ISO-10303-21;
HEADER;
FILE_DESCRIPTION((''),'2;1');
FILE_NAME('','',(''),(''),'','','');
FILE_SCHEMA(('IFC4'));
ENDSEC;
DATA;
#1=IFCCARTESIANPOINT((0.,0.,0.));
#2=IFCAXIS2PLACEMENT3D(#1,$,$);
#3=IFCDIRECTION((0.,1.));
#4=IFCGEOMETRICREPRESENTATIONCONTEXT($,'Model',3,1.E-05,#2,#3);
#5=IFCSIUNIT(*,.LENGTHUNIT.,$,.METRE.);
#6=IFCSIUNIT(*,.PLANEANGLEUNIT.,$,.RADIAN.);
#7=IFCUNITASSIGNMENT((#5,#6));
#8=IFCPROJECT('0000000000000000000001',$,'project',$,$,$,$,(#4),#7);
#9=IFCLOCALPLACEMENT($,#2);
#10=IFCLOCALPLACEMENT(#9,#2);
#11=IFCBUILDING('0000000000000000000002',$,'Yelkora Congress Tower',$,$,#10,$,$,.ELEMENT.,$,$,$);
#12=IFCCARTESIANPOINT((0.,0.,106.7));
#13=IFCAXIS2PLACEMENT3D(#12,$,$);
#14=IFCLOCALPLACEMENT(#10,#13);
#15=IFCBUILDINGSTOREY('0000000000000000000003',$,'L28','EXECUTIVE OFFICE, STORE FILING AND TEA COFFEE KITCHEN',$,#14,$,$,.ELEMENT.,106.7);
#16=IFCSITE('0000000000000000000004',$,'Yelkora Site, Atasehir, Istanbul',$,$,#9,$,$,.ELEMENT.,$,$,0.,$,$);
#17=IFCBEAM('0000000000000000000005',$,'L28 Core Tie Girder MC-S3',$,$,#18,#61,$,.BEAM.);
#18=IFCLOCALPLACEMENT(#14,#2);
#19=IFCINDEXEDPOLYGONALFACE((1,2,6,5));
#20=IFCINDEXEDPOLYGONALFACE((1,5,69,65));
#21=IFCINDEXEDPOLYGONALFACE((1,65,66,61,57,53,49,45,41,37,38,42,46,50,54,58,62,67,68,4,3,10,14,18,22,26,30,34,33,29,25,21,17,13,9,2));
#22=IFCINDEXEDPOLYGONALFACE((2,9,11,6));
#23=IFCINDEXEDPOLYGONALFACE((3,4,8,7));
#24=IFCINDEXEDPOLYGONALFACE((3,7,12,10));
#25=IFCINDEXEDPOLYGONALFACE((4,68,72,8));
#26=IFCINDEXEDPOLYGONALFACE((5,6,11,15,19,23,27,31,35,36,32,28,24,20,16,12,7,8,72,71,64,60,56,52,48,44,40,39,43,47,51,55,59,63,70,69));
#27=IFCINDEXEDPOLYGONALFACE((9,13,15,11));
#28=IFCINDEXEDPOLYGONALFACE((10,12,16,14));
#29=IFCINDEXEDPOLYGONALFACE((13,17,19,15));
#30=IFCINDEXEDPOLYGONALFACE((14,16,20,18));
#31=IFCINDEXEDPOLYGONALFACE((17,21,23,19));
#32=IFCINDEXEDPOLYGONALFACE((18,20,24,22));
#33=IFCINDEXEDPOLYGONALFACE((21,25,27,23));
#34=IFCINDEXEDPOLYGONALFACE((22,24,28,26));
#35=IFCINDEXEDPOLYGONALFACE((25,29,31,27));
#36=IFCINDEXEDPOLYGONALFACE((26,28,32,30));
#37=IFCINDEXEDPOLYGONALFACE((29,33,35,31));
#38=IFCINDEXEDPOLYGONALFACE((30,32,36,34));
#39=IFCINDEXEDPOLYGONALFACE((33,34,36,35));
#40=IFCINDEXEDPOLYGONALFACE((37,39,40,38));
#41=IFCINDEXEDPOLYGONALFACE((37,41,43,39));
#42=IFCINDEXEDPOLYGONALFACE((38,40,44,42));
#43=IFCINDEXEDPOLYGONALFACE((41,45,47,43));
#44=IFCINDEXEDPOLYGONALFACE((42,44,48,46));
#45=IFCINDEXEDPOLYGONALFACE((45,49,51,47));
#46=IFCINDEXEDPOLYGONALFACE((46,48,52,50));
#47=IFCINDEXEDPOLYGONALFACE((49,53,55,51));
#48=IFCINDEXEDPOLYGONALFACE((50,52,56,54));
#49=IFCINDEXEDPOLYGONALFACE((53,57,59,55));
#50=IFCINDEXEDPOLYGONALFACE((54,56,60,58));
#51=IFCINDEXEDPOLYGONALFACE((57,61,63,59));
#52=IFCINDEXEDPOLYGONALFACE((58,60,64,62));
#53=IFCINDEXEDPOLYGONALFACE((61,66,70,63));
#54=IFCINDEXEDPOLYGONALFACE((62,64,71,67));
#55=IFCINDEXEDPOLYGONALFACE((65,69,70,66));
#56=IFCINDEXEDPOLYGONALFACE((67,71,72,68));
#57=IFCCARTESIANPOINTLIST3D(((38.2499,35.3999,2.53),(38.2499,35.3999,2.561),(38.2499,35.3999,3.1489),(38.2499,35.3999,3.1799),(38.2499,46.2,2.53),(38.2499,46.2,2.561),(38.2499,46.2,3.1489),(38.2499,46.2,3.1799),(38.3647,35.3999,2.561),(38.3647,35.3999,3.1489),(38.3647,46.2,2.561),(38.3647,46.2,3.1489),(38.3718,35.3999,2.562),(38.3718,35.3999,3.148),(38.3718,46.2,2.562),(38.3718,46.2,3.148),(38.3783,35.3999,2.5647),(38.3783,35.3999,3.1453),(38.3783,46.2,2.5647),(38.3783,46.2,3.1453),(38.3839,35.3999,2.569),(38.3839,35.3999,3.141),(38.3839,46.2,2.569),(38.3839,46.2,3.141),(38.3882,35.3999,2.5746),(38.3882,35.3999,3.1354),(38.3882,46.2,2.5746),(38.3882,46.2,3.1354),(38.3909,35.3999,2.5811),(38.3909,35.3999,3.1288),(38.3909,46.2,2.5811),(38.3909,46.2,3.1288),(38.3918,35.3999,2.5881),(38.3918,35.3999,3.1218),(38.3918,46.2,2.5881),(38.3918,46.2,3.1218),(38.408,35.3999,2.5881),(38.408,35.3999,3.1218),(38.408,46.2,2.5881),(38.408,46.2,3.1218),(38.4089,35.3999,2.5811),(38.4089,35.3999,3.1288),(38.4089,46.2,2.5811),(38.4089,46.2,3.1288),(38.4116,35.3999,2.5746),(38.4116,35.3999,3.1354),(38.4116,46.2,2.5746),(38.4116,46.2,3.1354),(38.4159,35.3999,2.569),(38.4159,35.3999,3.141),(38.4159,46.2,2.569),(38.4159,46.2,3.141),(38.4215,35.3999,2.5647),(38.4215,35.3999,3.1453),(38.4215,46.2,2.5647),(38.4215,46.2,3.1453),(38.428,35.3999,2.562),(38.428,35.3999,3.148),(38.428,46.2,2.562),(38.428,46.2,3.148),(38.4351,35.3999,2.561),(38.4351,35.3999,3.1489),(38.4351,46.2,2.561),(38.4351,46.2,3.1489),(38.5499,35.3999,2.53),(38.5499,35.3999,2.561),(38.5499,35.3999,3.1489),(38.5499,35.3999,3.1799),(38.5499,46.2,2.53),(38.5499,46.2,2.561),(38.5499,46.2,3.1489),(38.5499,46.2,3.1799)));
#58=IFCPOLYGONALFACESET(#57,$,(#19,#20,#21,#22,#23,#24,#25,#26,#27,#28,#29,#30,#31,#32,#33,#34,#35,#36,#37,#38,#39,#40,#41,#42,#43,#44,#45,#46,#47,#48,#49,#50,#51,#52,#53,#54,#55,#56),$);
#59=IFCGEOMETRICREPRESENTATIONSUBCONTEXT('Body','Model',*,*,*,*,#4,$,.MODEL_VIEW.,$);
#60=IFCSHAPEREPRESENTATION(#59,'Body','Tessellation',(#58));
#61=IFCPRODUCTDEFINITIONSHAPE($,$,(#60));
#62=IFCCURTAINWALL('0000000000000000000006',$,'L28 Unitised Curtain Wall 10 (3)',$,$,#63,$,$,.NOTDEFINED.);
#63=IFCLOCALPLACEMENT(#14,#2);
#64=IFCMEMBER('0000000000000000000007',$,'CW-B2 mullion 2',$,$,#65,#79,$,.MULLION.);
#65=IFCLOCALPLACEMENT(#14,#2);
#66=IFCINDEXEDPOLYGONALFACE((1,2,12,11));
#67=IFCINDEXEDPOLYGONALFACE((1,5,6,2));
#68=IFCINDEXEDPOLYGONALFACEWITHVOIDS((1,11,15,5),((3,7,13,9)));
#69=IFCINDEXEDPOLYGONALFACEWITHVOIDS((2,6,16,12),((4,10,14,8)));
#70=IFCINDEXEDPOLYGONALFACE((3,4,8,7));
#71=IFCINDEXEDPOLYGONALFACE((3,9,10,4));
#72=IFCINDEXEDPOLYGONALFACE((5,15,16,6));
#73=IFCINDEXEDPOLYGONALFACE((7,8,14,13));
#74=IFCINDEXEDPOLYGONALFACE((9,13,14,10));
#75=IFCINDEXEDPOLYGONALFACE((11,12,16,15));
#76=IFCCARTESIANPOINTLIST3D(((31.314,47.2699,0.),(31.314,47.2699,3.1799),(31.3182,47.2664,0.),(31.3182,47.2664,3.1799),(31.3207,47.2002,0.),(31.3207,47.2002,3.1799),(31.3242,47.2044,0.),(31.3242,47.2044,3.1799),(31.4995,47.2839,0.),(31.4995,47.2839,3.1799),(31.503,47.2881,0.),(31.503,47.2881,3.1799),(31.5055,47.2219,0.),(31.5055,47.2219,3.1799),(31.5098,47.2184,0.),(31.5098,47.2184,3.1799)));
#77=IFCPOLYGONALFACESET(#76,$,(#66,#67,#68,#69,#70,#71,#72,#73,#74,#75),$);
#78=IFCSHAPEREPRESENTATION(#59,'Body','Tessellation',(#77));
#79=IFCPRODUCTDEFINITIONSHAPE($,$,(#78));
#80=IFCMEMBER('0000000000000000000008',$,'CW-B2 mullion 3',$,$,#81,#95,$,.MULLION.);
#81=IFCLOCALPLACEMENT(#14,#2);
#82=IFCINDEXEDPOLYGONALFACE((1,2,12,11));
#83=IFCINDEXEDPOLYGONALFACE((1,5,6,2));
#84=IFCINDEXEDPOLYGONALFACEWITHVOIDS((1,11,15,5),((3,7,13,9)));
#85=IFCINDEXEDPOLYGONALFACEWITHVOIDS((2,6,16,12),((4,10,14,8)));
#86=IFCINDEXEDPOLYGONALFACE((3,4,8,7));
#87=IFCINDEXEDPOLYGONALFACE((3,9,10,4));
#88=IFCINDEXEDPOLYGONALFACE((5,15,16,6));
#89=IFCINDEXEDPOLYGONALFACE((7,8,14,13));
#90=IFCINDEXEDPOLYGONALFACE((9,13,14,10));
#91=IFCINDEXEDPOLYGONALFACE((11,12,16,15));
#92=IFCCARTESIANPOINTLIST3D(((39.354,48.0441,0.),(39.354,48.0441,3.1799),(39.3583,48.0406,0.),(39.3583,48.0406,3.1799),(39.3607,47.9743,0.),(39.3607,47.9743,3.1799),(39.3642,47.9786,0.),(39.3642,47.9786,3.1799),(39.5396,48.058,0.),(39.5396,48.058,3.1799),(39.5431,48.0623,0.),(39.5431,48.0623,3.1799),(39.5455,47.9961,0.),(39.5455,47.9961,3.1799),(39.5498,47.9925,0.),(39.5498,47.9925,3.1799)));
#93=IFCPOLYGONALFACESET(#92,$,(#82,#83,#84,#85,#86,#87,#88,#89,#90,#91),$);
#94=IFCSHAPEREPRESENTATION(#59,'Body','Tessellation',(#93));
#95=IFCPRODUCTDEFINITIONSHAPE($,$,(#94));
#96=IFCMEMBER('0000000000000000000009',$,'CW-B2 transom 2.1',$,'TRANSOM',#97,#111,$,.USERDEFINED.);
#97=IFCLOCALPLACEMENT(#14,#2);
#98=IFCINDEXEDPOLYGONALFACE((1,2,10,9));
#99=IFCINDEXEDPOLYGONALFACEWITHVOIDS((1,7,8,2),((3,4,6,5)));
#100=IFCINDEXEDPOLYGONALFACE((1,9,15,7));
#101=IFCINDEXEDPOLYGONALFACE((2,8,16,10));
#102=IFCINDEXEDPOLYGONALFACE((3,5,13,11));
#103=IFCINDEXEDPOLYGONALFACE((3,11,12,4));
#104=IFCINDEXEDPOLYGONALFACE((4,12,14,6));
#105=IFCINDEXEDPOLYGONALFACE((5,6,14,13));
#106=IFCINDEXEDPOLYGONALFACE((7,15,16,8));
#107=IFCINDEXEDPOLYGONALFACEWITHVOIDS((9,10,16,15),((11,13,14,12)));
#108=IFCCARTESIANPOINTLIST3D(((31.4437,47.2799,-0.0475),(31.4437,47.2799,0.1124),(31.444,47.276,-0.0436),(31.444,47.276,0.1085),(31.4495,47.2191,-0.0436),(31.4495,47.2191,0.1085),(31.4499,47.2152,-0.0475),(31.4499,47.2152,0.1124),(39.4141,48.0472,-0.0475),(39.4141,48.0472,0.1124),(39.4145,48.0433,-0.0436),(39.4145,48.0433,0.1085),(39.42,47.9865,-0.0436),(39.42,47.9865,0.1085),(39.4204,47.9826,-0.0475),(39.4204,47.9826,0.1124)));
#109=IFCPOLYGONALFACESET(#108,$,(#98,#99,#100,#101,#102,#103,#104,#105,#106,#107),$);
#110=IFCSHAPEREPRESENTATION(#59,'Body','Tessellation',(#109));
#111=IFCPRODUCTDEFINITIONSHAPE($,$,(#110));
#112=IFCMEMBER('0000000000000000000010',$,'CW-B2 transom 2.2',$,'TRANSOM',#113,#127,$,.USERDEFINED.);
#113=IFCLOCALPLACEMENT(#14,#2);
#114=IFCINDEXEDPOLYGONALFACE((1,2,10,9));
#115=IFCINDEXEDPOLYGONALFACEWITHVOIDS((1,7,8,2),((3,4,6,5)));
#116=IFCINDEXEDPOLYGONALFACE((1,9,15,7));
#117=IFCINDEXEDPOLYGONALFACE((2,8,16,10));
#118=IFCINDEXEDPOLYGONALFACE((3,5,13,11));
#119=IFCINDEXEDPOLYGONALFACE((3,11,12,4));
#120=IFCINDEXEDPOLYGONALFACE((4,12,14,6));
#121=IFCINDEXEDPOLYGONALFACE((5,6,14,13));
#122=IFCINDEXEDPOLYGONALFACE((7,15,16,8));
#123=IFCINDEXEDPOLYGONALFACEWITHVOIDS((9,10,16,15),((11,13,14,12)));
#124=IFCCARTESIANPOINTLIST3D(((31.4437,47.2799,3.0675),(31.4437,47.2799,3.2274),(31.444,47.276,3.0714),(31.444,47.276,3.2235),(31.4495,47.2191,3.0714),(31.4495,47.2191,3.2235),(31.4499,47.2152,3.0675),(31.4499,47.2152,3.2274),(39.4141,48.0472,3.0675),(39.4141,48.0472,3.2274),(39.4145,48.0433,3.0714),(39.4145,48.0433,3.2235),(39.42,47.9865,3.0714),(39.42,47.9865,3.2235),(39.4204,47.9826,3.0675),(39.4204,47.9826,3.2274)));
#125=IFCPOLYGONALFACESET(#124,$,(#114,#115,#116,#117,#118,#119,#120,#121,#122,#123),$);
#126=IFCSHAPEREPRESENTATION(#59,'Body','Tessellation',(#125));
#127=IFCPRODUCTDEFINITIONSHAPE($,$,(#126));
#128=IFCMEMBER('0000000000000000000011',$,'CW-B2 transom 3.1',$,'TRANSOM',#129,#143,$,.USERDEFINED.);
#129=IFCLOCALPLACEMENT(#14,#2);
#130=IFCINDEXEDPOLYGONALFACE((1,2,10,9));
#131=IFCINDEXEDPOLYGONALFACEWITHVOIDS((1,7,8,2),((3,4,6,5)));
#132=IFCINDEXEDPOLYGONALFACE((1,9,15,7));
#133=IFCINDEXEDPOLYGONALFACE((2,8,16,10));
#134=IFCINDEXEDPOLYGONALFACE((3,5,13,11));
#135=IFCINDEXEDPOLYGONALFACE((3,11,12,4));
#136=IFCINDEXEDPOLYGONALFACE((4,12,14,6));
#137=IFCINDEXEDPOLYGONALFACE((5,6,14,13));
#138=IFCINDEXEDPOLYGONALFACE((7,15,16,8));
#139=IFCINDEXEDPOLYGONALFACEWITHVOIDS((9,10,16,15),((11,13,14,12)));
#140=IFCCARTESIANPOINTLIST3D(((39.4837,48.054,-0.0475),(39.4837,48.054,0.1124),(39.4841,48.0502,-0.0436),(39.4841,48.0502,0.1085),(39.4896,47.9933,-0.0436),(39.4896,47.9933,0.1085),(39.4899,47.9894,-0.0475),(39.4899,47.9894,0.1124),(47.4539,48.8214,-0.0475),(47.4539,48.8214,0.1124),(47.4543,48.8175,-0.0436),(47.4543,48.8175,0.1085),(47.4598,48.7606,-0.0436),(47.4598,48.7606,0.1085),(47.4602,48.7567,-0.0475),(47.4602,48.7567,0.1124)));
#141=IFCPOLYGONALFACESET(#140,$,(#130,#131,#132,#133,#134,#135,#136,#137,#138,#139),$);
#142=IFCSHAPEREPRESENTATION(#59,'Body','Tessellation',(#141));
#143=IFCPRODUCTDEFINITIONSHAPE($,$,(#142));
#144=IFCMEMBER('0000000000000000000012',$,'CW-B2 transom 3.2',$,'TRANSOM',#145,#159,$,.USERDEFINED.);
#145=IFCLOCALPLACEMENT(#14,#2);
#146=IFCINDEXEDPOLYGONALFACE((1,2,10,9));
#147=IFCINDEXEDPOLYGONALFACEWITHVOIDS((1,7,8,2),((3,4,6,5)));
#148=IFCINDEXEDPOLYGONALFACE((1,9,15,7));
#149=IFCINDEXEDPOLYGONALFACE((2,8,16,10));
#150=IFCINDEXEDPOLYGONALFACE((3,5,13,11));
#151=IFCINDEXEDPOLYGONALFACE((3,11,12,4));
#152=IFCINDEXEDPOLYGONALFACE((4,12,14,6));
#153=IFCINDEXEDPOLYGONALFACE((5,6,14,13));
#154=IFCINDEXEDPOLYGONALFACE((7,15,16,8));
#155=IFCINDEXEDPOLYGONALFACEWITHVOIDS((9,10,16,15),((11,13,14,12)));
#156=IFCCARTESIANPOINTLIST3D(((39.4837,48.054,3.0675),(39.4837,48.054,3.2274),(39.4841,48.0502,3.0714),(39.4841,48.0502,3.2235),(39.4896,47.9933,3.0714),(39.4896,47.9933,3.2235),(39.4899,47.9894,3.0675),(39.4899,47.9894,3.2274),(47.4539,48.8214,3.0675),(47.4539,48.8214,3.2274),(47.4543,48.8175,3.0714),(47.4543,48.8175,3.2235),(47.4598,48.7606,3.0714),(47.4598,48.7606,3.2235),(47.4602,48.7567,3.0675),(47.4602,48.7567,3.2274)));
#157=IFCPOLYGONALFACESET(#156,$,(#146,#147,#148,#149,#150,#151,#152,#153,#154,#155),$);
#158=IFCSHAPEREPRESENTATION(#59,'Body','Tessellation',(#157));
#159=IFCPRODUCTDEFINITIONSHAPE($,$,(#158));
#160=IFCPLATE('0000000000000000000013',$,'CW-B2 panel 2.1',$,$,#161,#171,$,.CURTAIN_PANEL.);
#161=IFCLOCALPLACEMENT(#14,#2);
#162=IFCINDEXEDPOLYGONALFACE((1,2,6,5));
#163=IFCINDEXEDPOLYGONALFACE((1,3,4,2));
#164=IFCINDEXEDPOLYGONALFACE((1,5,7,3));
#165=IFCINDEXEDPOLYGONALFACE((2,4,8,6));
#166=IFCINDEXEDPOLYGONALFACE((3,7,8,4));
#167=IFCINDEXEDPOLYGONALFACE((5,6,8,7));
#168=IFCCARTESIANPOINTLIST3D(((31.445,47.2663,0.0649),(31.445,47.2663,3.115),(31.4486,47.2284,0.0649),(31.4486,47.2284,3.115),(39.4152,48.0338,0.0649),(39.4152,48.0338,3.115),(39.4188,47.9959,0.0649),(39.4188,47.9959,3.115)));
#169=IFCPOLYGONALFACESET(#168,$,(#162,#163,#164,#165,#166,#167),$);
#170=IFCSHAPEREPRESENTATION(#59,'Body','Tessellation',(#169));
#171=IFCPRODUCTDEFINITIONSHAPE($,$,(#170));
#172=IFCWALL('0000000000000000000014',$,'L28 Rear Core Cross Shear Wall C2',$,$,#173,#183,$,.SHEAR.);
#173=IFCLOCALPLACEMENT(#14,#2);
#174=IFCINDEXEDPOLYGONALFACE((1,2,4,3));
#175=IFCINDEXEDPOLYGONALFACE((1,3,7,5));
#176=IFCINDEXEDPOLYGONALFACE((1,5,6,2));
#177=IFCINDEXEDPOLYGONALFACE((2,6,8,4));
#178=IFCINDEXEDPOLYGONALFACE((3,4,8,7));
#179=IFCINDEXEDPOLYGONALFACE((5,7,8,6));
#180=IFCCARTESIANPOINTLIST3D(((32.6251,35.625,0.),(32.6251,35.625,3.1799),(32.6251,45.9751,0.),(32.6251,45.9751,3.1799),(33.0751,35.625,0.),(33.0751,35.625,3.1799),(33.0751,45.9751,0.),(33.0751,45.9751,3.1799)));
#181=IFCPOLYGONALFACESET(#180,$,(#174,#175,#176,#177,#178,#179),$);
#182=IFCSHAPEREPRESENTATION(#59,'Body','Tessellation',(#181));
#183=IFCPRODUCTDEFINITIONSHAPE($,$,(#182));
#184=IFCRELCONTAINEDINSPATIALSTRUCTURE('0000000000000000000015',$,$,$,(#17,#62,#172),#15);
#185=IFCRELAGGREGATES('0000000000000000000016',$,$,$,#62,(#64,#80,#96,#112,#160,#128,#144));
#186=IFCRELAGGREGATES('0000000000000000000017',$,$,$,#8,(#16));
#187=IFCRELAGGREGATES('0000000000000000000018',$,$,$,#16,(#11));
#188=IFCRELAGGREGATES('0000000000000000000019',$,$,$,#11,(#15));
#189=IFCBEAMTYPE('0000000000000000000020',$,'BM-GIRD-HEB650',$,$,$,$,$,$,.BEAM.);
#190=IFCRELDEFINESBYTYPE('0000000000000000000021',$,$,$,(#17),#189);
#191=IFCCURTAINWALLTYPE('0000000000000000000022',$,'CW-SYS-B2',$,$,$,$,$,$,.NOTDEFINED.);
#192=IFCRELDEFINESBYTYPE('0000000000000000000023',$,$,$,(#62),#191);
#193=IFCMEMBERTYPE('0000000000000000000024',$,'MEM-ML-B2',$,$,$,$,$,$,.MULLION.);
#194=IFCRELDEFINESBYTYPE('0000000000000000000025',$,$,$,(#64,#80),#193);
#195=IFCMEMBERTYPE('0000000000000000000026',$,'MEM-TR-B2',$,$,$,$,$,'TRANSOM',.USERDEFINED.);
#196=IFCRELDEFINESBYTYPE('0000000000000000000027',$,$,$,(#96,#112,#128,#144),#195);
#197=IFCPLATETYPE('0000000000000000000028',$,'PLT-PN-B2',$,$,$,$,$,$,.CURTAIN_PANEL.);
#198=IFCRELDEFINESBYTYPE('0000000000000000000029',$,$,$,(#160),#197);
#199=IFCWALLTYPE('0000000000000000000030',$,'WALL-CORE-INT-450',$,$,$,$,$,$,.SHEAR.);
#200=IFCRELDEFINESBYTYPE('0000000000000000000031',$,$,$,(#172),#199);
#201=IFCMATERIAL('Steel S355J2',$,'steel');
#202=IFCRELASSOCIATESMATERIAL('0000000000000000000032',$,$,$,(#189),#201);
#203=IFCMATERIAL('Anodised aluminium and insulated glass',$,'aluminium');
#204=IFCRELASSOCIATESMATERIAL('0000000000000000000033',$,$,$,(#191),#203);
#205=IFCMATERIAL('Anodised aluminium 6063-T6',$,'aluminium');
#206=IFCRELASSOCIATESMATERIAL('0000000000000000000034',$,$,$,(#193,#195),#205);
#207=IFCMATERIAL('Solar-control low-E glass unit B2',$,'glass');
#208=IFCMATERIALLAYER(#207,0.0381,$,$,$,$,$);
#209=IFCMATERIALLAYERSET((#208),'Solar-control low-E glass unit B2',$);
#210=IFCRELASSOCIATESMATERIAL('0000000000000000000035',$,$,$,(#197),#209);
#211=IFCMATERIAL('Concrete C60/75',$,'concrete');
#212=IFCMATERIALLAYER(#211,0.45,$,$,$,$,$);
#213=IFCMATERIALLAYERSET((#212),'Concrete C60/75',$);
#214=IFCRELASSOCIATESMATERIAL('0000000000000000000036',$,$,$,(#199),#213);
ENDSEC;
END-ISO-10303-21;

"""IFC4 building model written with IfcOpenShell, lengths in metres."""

from ifc_helpers import new_model, si_unit, direction, frame, frame_2d, origin, origin_2d, place, context, subcontext, project, spatial, rectangle, hollow_rectangle, i_section, extrude, material, layer, layer_set, material_profile, profile_set, type_object, element, aggregate, save


model = new_model("IFC4")

# Units and contexts
model_context = context("Model", 3, precision=1e-05, world=origin(), true_north=direction((0.0, 1.0)))
body_context = subcontext(model_context, "Body", "Model", "MODEL_VIEW")
ifc_project = project(units=[si_unit("LENGTHUNIT", "METRE"), si_unit("PLANEANGLEUNIT", "RADIAN")], contexts=[model_context])

# Site, building, storey
site_placement = place(None, origin())
site = spatial("IfcSite", under=ifc_project, at=site_placement, Name="Yelkora Site, Atasehir, Istanbul", CompositionType="ELEMENT", RefElevation=0.0)
building_placement = place(site_placement, origin())
building = spatial("IfcBuilding", under=site, at=building_placement, Name="Yelkora Congress Tower", CompositionType="ELEMENT")
storey_placement = place(building_placement, frame((0.0, 0.0, 106.7)))
storey = spatial("IfcBuildingStorey", under=building, at=storey_placement, Name="L28", Description="EXECUTIVE OFFICE, STORE FILING AND TEA COFFEE KITCHEN", CompositionType="ELEMENT", Elevation=106.7)

# Beam
ifc_material_1 = material(Name="Steel S355J2", Category="steel")
ifc_material_profile_1 = material_profile(ifc_material_1, i_section(OverallWidth=0.3, OverallDepth=0.6499, WebThickness=0.0161, FlangeThickness=0.031, FilletRadius=0.0271, at=origin_2d()), Name="HEB 650")
ifc_profile_set_1 = profile_set([ifc_material_profile_1], Name="Steel S355J2")
beam_type = type_object("IfcBeamType", Name="BM-GIRD-HEB650", PredefinedType="BEAM", material=ifc_profile_set_1)
beam_placement = place(storey_placement, frame((38.3999, 35.3999, 2.855), z_axis=(0.0, 1.0, 0.0), x_axis=(-1.0, 0.0, 0.0)))
element("IfcBeam", 1, at=beam_placement, inside=storey, type_object=beam_type, Name="L28 Core Tie Girder MC-S3", PredefinedType="BEAM", context=body_context, shape_type="SweptSolid", body=[
    extrude(i_section(OverallWidth=0.3, OverallDepth=0.6499, WebThickness=0.0161, FlangeThickness=0.031, FilletRadius=0.0271, at=origin_2d()), origin(), (0.0, 0.0, 1.0), 10.8),
])

# Curtain wall, members, plate
ifc_material_2 = material(Name="Anodised aluminium and insulated glass", Category="aluminium")
curtain_wall_type = type_object("IfcCurtainWallType", Name="CW-SYS-B2", PredefinedType="NOTDEFINED", material=ifc_material_2)
curtain_wall_placement = place(storey_placement, origin())
curtain_wall = element("IfcCurtainWall", 2, at=curtain_wall_placement, inside=storey, type_object=curtain_wall_type, Name="L28 Unitised Curtain Wall 10 (3)", PredefinedType="NOTDEFINED")
ifc_material_3 = material(Name="Anodised aluminium 6063-T6", Category="aluminium")
ifc_material_profile_2 = material_profile(ifc_material_3, hollow_rectangle(XDim=0.0701, YDim=0.1899, WallThickness=0.0039, at=origin_2d()), Name="ALU 70x190x4")
ifc_profile_set_2 = profile_set([ifc_material_profile_2], Name="Anodised aluminium 6063-T6")
member_type_1 = type_object("IfcMemberType", Name="MEM-ML-B2", PredefinedType="MULLION", material=ifc_profile_set_2)
member_1_placement = place(storey_placement, frame((31.4119, 47.2441, 0.0), z_axis=(0.0, 0.0, 1.0), x_axis=(-0.095844, 0.995396, 0.0)))
member_1 = element("IfcMember", 3, at=member_1_placement, type_object=member_type_1, Name="CW-B2 mullion 2", PredefinedType="MULLION", context=body_context, shape_type="SweptSolid", body=[
    extrude(hollow_rectangle(XDim=0.0701, YDim=0.1899, WallThickness=0.0039, at=origin_2d()), origin(), (0.0, 0.0, 1.0), 3.1799),
])
member_2_placement = place(storey_placement, frame((39.4519, 48.0183, 0.0), z_axis=(0.0, 0.0, 1.0), x_axis=(-0.095844, 0.995396, 0.0)))
member_2 = element("IfcMember", 4, at=member_2_placement, type_object=member_type_1, Name="CW-B2 mullion 3", PredefinedType="MULLION", context=body_context, shape_type="SweptSolid", body=[
    extrude(hollow_rectangle(XDim=0.0701, YDim=0.1899, WallThickness=0.0039, at=origin_2d()), origin(), (0.0, 0.0, 1.0), 3.1799),
])
ifc_material_profile_3 = material_profile(ifc_material_3, hollow_rectangle(XDim=0.0649, YDim=0.1599, WallThickness=0.0039, at=origin_2d()), Name="ALU 65x160x4")
ifc_profile_set_3 = profile_set([ifc_material_profile_3], Name="Anodised aluminium 6063-T6")
member_type_2 = type_object("IfcMemberType", Name="MEM-TR-B2", ElementType="TRANSOM", PredefinedType="USERDEFINED", material=ifc_profile_set_3)
member_3_placement = place(storey_placement, frame((31.4468, 47.2476, 0.0325), z_axis=(0.995398, 0.095829, 0.0), x_axis=(-0.095829, 0.995398, 0.0)))
member_3 = element("IfcMember", 5, at=member_3_placement, type_object=member_type_2, Name="CW-B2 transom 2.1", ObjectType="TRANSOM", PredefinedType="USERDEFINED", context=body_context, shape_type="SweptSolid", body=[
    extrude(hollow_rectangle(XDim=0.0649, YDim=0.1599, WallThickness=0.0039, at=origin_2d()), origin(), (0.0, 0.0, 1.0), 8.0073),
])
member_4_placement = place(storey_placement, frame((31.4468, 47.2476, 3.1475), z_axis=(0.995398, 0.095829, 0.0), x_axis=(-0.095829, 0.995398, 0.0)))
member_4 = element("IfcMember", 6, at=member_4_placement, type_object=member_type_2, Name="CW-B2 transom 2.2", ObjectType="TRANSOM", PredefinedType="USERDEFINED", context=body_context, shape_type="SweptSolid", body=[
    extrude(hollow_rectangle(XDim=0.0649, YDim=0.1599, WallThickness=0.0039, at=origin_2d()), origin(), (0.0, 0.0, 1.0), 8.0073),
])
member_5_placement = place(storey_placement, frame((39.4868, 48.0217, 0.0325), z_axis=(0.995398, 0.095832, 0.0), x_axis=(-0.095832, 0.995398, 0.0)))
member_5 = element("IfcMember", 7, at=member_5_placement, type_object=member_type_2, Name="CW-B2 transom 3.1", ObjectType="TRANSOM", PredefinedType="USERDEFINED", context=body_context, shape_type="SweptSolid", body=[
    extrude(hollow_rectangle(XDim=0.0649, YDim=0.1599, WallThickness=0.0039, at=origin_2d()), origin(), (0.0, 0.0, 1.0), 8.0071),
])
member_6_placement = place(storey_placement, frame((39.4868, 48.0217, 3.1475), z_axis=(0.995398, 0.095832, 0.0), x_axis=(-0.095832, 0.995398, 0.0)))
member_6 = element("IfcMember", 8, at=member_6_placement, type_object=member_type_2, Name="CW-B2 transom 3.2", ObjectType="TRANSOM", PredefinedType="USERDEFINED", context=body_context, shape_type="SweptSolid", body=[
    extrude(hollow_rectangle(XDim=0.0649, YDim=0.1599, WallThickness=0.0039, at=origin_2d()), origin(), (0.0, 0.0, 1.0), 8.0071),
])
ifc_material_4 = material(Name="Solar-control low-E glass unit B2", Category="glass")
ifc_layer_1 = layer(ifc_material_4, 0.0381)
ifc_layer_set_1 = layer_set([ifc_layer_1], Name="Solar-control low-E glass unit B2")
plate_type = type_object("IfcPlateType", Name="PLT-PN-B2", PredefinedType="CURTAIN_PANEL", material=ifc_layer_set_1)
plate_placement = place(storey_placement, frame((35.4319, 47.6311, 0.0649), z_axis=(0.0, 0.0, 1.0), x_axis=(0.995396, 0.095844, 0.0)))
plate = element("IfcPlate", 9, at=plate_placement, type_object=plate_type, Name="CW-B2 panel 2.1", PredefinedType="CURTAIN_PANEL", context=body_context, shape_type="SweptSolid", body=[
    extrude(rectangle(XDim=8.0071, YDim=0.0381, at=origin_2d()), origin(), (0.0, 0.0, 1.0), 3.05),
])
aggregate(curtain_wall, [member_1, member_2, member_3, member_4, plate, member_5, member_6])

# Wall
ifc_material_5 = material(Name="Concrete C60/75", Category="concrete")
ifc_layer_2 = layer(ifc_material_5, 0.45)
ifc_layer_set_2 = layer_set([ifc_layer_2], Name="Concrete C60/75")
wall_type_1 = type_object("IfcWallType", Name="WALL-CORE-INT-450", PredefinedType="SHEAR", material=ifc_layer_set_2)
wall_1_placement = place(storey_placement, frame((32.8501, 35.625, 0.0), z_axis=(0.0, 0.0, 1.0), x_axis=(0.0, 1.0, 0.0)))
element("IfcWall", 10, at=wall_1_placement, inside=storey, type_object=wall_type_1, Name="L28 Rear Core Cross Shear Wall C2", PredefinedType="SHEAR", context=body_context, shape_type="SweptSolid", body=[
    extrude(rectangle(XDim=10.3501, YDim=0.45, at=frame_2d((5.175, 0.0))), origin(), (0.0, 0.0, 1.0), 3.1799),
])

save(model, "model.ifc")
